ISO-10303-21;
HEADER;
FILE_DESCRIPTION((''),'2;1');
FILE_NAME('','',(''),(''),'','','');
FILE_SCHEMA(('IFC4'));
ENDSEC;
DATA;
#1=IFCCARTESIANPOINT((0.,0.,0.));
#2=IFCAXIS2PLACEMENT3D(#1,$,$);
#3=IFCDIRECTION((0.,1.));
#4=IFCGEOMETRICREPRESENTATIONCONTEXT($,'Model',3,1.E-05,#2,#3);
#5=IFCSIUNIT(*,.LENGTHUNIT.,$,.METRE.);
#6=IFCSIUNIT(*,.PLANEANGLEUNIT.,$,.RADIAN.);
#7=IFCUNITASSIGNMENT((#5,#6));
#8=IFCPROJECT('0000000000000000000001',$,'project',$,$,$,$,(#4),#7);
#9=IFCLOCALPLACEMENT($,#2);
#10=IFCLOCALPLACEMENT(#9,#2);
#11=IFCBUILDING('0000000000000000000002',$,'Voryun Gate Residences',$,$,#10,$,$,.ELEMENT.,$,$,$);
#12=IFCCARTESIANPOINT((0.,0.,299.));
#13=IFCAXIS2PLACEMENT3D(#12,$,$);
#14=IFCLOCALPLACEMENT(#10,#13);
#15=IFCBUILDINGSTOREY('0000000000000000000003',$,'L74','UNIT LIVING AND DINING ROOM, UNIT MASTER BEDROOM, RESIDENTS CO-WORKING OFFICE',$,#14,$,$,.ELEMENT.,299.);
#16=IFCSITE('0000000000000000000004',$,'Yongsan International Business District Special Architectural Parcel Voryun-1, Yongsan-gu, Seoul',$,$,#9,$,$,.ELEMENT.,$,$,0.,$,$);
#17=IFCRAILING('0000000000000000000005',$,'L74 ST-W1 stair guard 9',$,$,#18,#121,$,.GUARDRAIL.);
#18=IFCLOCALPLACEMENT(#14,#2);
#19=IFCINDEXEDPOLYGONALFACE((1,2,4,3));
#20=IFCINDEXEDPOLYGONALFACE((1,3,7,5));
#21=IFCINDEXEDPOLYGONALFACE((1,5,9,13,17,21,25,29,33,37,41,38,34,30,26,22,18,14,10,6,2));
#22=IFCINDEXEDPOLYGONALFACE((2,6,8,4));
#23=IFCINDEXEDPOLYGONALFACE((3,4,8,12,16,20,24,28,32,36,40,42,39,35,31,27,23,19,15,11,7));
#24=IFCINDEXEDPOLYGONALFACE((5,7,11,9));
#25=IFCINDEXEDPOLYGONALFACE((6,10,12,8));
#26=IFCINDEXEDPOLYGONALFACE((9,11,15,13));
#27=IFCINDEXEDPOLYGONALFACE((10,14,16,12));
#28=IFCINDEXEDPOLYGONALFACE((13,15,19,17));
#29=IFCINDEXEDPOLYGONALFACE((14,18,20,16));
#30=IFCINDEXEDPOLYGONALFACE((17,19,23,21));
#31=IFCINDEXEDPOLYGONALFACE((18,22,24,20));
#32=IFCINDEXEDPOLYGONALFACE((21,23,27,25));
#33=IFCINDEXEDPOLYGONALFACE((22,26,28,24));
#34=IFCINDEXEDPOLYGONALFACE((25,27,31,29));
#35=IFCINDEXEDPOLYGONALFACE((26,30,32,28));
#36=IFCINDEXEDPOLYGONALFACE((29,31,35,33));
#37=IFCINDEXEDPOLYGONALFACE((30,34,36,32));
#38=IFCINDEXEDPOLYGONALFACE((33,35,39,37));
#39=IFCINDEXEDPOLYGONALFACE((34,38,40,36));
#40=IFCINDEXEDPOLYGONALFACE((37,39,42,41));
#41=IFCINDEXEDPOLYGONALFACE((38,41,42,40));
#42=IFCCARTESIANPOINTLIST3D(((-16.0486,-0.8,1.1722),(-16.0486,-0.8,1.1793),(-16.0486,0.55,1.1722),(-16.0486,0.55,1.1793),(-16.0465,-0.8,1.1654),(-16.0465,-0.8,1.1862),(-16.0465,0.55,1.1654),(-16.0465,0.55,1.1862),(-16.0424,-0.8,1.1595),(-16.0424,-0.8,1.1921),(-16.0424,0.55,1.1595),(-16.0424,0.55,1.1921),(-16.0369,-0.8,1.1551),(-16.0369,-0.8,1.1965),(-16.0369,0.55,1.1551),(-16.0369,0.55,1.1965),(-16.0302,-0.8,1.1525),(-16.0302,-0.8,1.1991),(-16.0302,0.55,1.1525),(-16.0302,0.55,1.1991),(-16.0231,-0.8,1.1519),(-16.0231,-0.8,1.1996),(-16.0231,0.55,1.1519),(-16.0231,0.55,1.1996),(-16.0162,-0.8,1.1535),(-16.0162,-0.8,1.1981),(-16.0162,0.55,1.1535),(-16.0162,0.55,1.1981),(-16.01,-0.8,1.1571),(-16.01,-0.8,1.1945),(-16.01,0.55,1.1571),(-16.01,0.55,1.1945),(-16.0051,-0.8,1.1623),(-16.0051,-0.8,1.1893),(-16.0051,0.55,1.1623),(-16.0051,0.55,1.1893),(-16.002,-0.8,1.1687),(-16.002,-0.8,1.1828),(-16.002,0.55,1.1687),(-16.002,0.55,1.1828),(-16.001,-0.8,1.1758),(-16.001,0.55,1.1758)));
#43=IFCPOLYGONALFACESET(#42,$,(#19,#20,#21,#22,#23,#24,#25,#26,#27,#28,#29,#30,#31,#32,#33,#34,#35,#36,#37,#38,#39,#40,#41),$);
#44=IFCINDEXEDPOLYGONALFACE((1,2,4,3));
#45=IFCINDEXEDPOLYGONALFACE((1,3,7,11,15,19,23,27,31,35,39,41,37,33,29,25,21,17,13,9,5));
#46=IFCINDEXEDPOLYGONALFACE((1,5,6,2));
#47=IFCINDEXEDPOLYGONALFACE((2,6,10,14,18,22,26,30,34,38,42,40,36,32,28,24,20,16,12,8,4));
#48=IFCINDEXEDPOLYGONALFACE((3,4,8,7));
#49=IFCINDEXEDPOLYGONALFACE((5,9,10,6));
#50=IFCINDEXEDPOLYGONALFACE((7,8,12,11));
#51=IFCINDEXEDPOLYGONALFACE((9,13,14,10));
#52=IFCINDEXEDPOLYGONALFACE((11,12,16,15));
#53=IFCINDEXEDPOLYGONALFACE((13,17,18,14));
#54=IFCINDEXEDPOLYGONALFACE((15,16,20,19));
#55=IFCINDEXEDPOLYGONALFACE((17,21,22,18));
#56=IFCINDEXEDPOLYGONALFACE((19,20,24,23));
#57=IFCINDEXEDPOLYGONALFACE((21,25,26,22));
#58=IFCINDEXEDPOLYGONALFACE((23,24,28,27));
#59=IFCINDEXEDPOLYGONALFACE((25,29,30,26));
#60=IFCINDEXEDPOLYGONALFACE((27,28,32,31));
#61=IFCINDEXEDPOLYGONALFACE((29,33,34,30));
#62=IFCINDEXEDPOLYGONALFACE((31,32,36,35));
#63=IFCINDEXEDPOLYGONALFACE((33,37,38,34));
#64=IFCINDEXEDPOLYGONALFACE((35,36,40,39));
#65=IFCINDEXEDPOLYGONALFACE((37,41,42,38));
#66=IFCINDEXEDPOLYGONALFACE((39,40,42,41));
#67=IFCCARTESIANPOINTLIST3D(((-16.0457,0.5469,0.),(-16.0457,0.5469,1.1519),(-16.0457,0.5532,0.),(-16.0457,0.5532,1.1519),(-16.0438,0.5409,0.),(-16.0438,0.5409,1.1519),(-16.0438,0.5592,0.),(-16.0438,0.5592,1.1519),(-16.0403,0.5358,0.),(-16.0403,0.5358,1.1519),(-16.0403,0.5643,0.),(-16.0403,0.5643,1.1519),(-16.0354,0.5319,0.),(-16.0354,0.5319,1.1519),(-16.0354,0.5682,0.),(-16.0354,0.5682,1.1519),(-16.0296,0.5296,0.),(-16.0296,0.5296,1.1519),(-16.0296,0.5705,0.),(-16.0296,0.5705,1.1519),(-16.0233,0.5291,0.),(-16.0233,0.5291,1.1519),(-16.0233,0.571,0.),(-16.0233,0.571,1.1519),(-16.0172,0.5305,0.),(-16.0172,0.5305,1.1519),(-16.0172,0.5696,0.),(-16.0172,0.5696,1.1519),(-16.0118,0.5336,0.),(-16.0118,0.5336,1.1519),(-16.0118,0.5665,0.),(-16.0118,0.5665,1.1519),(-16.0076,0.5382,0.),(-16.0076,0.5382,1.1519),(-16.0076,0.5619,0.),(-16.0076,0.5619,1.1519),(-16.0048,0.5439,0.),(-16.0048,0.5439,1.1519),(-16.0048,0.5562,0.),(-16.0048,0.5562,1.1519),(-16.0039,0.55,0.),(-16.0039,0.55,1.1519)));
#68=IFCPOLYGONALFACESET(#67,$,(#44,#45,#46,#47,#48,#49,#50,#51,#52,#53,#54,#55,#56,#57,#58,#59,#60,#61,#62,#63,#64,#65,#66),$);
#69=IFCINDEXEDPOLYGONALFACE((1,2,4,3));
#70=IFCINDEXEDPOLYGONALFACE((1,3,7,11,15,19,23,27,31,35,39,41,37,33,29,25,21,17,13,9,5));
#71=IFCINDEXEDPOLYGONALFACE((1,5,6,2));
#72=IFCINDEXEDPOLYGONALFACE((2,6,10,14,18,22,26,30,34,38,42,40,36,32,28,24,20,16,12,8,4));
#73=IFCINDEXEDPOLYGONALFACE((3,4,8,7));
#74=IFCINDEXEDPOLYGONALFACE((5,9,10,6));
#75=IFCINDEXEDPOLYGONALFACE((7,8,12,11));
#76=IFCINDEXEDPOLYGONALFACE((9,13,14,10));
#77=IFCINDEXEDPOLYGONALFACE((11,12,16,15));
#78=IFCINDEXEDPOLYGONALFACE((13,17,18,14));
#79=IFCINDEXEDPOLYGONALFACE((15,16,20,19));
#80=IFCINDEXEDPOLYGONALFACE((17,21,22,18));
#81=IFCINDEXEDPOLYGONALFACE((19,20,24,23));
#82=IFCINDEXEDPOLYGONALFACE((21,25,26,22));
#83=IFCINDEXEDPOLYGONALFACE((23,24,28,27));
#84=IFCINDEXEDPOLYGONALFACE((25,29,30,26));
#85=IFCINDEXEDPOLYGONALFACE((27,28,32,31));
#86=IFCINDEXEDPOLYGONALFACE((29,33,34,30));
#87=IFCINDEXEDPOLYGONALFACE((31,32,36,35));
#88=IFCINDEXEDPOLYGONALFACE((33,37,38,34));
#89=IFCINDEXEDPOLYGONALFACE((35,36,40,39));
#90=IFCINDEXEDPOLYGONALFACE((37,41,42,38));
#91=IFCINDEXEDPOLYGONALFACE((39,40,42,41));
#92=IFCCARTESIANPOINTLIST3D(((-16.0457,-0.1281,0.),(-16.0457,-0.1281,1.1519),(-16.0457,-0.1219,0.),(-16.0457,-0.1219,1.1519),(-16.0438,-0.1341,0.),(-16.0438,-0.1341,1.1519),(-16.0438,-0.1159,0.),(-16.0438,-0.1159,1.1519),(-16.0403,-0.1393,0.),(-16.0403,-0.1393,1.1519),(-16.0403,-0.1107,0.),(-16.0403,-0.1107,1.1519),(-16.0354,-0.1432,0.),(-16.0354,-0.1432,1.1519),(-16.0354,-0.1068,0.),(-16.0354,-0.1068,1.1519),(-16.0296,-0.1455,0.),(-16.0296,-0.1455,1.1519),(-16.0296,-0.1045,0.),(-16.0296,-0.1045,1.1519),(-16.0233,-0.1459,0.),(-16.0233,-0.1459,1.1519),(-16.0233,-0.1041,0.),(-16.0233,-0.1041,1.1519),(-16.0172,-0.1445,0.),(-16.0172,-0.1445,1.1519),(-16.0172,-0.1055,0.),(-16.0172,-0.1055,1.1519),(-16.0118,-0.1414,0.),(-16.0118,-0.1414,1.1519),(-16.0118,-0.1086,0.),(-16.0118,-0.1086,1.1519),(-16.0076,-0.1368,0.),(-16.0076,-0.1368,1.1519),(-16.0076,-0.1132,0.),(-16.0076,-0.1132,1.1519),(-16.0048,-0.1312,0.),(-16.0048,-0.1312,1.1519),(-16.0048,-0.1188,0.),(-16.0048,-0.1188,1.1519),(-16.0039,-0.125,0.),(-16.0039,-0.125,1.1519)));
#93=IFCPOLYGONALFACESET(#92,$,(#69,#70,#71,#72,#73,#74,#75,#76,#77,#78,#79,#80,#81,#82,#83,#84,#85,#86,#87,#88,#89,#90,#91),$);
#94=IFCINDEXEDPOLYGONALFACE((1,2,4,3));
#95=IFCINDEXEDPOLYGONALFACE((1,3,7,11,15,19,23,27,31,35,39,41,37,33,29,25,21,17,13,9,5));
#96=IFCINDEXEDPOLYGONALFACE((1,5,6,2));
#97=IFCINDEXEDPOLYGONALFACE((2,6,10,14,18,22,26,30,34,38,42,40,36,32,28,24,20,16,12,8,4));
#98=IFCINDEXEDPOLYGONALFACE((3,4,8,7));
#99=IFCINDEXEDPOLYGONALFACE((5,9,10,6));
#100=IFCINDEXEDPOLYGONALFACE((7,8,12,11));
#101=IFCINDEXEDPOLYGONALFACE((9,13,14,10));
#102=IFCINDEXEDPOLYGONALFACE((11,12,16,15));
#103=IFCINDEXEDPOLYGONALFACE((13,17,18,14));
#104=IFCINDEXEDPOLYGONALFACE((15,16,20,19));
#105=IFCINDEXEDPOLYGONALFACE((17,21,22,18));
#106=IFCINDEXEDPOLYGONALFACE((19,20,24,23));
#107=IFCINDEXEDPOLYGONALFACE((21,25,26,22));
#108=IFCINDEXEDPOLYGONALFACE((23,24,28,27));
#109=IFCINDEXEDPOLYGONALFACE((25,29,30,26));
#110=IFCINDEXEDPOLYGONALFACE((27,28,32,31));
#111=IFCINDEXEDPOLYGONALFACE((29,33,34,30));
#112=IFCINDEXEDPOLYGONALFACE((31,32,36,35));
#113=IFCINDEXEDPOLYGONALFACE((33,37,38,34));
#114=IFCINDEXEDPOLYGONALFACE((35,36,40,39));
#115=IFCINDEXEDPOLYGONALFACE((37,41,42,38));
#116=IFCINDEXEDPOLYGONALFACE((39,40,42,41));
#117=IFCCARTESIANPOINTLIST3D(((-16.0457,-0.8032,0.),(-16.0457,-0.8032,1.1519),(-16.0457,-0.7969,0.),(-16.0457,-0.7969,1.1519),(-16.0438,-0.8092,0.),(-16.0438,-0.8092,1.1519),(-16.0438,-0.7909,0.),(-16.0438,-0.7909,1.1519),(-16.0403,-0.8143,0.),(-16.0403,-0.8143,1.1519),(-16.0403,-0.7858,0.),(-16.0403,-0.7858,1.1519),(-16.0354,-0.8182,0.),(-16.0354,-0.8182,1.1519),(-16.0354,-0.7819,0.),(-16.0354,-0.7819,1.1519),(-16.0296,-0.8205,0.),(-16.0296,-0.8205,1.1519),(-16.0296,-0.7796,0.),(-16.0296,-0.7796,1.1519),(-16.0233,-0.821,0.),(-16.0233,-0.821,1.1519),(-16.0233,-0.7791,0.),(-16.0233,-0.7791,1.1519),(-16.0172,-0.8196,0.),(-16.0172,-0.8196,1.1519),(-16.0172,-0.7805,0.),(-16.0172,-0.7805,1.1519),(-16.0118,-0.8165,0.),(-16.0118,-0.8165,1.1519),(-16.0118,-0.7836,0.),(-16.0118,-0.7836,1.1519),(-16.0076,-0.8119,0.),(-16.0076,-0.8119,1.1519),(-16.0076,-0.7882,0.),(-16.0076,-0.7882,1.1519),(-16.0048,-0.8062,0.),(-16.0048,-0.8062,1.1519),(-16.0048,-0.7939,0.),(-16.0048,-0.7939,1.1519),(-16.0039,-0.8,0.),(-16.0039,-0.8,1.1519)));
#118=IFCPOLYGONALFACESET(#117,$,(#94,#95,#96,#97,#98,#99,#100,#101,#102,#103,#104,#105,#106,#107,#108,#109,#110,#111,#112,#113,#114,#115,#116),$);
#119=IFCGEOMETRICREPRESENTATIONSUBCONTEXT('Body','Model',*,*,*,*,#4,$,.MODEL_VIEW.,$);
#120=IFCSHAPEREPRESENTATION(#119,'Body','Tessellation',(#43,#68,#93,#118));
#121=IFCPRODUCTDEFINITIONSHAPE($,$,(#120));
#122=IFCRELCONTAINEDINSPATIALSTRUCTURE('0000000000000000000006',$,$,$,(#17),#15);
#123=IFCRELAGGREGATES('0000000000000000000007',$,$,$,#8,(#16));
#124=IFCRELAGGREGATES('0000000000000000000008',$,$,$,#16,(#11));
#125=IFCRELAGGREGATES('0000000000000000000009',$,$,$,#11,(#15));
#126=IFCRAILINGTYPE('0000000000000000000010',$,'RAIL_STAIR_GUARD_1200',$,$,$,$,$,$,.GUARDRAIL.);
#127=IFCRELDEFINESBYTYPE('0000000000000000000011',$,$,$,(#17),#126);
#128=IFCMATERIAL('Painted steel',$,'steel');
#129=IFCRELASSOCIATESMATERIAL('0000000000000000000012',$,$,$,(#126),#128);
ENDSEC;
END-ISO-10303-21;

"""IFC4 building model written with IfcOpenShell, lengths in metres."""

from ifc_helpers import new_model, si_unit, direction, frame, origin, origin_2d, place, context, subcontext, project, spatial, circle, extrude, material, type_object, element, save


model = new_model("IFC4")

# Units and contexts
model_context = context("Model", 3, precision=1e-05, world=origin(), true_north=direction((0.0, 1.0)))
body_context = subcontext(model_context, "Body", "Model", "MODEL_VIEW")
ifc_project = project(units=[si_unit("LENGTHUNIT", "METRE"), si_unit("PLANEANGLEUNIT", "RADIAN")], contexts=[model_context])

# Site, building, storey
site_placement = place(None, origin())
site = spatial("IfcSite", under=ifc_project, at=site_placement, Name="Yongsan International Business District Special Architectural Parcel Voryun-1, Yongsan-gu, Seoul", CompositionType="ELEMENT", RefElevation=0.0)
building_placement = place(site_placement, origin())
building = spatial("IfcBuilding", under=site, at=building_placement, Name="Voryun Gate Residences", CompositionType="ELEMENT")
storey_placement = place(building_placement, frame((0.0, 0.0, 299.0)))
storey = spatial("IfcBuildingStorey", under=building, at=storey_placement, Name="L74", Description="UNIT LIVING AND DINING ROOM, UNIT MASTER BEDROOM, RESIDENTS CO-WORKING OFFICE", CompositionType="ELEMENT", Elevation=299.0)

# Railing
ifc_material_1 = material(Name="Painted steel", Category="steel")
railing_type = type_object("IfcRailingType", Name="RAIL_STAIR_GUARD_1200", PredefinedType="GUARDRAIL", material=ifc_material_1)
for number, where, name in (
    (1, (-16.0249, 0.55, 0.0), "L74 ST-W1 stair guard 9"),
):
    element("IfcRailing", number, at=place(storey_placement, frame(where)), inside=storey, type_object=railing_type, Name=name, PredefinedType="GUARDRAIL", context=body_context, shape_type="SweptSolid", body=[
        extrude(circle(Radius=0.0239, at=origin_2d()), frame((0.0, 0.0, 1.1758), z_axis=(0.0, -1.0, 0.0), x_axis=(1.0, 0.0, 0.0)), (0.0, 0.0, 1.0), 1.3501),
        extrude(circle(Radius=0.021, at=origin_2d()), origin(), (0.0, 0.0, 1.0), 1.1519),
        extrude(circle(Radius=0.021, at=origin_2d()), frame((0.0, -0.675, 0.0)), (0.0, 0.0, 1.0), 1.1519),
        extrude(circle(Radius=0.021, at=origin_2d()), frame((0.0, -1.3501, 0.0)), (0.0, 0.0, 1.0), 1.1519),
    ])

save(model, "model.ifc")
